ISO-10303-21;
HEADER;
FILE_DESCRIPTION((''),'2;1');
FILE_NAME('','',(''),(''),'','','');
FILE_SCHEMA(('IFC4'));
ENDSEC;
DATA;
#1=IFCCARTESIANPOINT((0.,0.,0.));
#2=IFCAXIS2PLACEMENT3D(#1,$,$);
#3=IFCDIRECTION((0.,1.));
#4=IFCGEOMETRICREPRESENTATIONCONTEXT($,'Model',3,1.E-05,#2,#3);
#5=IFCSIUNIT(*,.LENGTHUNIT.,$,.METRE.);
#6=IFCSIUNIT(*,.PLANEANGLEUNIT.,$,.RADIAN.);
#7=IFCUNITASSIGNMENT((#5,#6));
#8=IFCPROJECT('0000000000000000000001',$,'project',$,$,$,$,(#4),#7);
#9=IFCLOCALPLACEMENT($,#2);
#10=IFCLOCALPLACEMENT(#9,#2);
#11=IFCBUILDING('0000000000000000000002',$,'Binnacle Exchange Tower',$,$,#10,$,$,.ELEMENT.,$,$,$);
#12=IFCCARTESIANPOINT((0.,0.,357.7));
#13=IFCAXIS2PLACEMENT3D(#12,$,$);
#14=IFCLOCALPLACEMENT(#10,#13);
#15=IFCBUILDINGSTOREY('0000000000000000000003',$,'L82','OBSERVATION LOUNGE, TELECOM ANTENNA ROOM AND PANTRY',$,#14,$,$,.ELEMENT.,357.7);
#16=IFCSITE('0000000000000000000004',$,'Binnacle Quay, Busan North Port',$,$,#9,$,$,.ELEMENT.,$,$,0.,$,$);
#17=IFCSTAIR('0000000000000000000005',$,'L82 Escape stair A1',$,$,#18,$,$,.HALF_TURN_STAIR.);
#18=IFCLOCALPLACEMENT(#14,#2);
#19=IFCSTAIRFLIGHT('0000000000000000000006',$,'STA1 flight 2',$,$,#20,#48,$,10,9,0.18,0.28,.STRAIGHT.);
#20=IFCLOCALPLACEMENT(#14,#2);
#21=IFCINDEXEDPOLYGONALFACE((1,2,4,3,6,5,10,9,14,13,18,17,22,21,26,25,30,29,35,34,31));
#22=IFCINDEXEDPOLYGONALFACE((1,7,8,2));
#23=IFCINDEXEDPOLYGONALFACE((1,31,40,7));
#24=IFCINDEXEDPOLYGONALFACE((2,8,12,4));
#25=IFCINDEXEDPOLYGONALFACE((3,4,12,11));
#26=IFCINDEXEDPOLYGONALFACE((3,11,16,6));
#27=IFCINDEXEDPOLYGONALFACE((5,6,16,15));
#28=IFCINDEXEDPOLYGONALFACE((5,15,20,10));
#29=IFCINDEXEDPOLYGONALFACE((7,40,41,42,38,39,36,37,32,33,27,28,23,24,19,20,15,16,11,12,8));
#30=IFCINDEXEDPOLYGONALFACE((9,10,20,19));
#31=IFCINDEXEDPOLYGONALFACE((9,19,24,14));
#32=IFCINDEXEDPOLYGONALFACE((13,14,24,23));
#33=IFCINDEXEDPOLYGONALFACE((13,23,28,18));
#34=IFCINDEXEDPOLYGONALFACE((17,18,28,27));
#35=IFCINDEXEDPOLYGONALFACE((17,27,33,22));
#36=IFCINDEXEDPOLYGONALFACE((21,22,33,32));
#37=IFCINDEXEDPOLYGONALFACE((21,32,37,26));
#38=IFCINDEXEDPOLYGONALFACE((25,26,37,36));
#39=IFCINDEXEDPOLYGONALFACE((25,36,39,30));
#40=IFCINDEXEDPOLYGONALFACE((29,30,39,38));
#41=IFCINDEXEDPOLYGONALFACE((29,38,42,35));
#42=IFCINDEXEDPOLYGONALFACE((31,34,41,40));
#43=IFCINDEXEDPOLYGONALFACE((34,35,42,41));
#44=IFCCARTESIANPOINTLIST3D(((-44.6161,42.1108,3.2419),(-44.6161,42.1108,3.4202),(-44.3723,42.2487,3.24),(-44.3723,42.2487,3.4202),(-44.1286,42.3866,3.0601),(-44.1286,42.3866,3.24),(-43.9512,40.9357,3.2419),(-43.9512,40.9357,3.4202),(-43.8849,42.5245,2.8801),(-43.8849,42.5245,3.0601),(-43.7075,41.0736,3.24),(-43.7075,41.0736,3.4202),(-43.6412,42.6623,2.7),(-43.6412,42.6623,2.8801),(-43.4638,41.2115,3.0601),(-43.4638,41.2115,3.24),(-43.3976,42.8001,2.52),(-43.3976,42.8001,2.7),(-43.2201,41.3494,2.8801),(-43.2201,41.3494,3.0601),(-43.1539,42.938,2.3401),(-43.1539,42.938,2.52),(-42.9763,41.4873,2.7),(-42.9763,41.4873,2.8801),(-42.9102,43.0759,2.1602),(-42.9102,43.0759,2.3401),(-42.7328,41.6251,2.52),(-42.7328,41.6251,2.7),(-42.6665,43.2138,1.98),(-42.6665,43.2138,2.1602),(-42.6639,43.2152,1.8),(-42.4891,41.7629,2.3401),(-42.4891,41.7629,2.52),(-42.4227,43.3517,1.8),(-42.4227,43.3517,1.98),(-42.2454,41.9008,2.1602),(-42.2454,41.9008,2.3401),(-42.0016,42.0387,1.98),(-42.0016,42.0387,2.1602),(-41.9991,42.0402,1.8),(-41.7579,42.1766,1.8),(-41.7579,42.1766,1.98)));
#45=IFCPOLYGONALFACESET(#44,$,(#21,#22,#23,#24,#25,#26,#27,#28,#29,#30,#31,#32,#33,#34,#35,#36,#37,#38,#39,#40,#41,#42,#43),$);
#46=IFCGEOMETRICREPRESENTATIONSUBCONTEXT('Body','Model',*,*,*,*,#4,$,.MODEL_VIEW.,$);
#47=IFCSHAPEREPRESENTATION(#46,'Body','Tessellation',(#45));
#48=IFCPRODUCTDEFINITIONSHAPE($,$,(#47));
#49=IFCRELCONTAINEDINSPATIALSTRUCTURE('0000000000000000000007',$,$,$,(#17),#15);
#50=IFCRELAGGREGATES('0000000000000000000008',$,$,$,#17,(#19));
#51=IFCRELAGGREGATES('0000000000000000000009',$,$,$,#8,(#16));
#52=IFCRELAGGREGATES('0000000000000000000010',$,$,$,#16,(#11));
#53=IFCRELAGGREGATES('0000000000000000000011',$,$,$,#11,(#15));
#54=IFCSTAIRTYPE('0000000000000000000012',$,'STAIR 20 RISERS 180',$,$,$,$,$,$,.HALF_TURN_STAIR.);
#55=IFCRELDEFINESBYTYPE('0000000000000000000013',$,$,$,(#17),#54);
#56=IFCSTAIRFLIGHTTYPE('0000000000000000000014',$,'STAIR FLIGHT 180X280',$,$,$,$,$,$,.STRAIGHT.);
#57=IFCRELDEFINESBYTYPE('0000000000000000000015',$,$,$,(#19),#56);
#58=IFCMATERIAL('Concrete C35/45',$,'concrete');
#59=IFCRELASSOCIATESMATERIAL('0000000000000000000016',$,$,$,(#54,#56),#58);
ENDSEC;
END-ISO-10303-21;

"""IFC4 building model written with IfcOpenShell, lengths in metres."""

from ifc_helpers import new_model, si_unit, direction, frame, origin, place, context, subcontext, project, spatial, polyline, outline, extrude, material, type_object, element, aggregate, save


model = new_model("IFC4")

# Units and contexts
model_context = context("Model", 3, precision=1e-05, world=origin(), true_north=direction((0.0, 1.0)))
body_context = subcontext(model_context, "Body", "Model", "MODEL_VIEW")
ifc_project = project(units=[si_unit("LENGTHUNIT", "METRE"), si_unit("PLANEANGLEUNIT", "RADIAN")], contexts=[model_context])

# Site, building, storey
site_placement = place(None, origin())
site = spatial("IfcSite", under=ifc_project, at=site_placement, Name="Binnacle Quay, Busan North Port", CompositionType="ELEMENT", RefElevation=0.0)
building_placement = place(site_placement, origin())
building = spatial("IfcBuilding", under=site, at=building_placement, Name="Binnacle Exchange Tower", CompositionType="ELEMENT")
storey_placement = place(building_placement, frame((0.0, 0.0, 357.7)))
storey = spatial("IfcBuildingStorey", under=building, at=storey_placement, Name="L82", Description="OBSERVATION LOUNGE, TELECOM ANTENNA ROOM AND PANTRY", CompositionType="ELEMENT", Elevation=357.7)

# Stair, stair flight
ifc_material_1 = material(Name="Concrete C35/45", Category="concrete")
stair_type = type_object("IfcStairType", Name="STAIR 20 RISERS 180", PredefinedType="HALF_TURN_STAIR", material=ifc_material_1)
stair_placement = place(storey_placement, origin())
stair = element("IfcStair", 1, at=stair_placement, inside=storey, type_object=stair_type, Name="L82 Escape stair A1", PredefinedType="HALF_TURN_STAIR")
stair_flight_type = type_object("IfcStairFlightType", Name="STAIR FLIGHT 180X280", PredefinedType="STRAIGHT", material=ifc_material_1)
stair_flight_placement = place(storey_placement, frame((-42.0903, 42.7642, 1.8), z_axis=(0.0, 0.0, 1.0), x_axis=(-0.870356, -0.492424, 0.0)))
stair_flight = element("IfcStairFlight", 2, at=stair_flight_placement, type_object=stair_flight_type, Name="STA1 flight 2", NumberOfRisers=10, NumberOfTreads=9, PredefinedType="STRAIGHT", RiserHeight=0.18, TreadLength=0.28, context=body_context, shape_type="SweptSolid", body=[
    extrude(outline(polyline([(0.0, 0.0), (0.0, 0.1799), (0.28, 0.1799), (0.28, 0.3601), (0.5601, 0.3601), (0.5601, 0.54), (0.8401, 0.54), (0.8401, 0.72), (1.1201, 0.72), (1.1201, 0.8999), (1.3999, 0.8999), (1.3999, 1.0801), (1.6799, 1.0801), (1.6799, 1.26), (1.96, 1.26), (1.96, 1.4399), (2.24, 1.4399), (2.24, 1.6201), (2.52, 1.6201), (2.52, 1.8), (2.52, 1.4419), (0.2771, 0.0), (0.0, 0.0)])), frame((0.0, 0.675, 0.0), z_axis=(0.0, -1.0, 0.0), x_axis=(1.0, 0.0, 0.0)), (0.0, 0.0, 1.0), 1.3501),
])
aggregate(stair, [stair_flight])

save(model, "model.ifc")
